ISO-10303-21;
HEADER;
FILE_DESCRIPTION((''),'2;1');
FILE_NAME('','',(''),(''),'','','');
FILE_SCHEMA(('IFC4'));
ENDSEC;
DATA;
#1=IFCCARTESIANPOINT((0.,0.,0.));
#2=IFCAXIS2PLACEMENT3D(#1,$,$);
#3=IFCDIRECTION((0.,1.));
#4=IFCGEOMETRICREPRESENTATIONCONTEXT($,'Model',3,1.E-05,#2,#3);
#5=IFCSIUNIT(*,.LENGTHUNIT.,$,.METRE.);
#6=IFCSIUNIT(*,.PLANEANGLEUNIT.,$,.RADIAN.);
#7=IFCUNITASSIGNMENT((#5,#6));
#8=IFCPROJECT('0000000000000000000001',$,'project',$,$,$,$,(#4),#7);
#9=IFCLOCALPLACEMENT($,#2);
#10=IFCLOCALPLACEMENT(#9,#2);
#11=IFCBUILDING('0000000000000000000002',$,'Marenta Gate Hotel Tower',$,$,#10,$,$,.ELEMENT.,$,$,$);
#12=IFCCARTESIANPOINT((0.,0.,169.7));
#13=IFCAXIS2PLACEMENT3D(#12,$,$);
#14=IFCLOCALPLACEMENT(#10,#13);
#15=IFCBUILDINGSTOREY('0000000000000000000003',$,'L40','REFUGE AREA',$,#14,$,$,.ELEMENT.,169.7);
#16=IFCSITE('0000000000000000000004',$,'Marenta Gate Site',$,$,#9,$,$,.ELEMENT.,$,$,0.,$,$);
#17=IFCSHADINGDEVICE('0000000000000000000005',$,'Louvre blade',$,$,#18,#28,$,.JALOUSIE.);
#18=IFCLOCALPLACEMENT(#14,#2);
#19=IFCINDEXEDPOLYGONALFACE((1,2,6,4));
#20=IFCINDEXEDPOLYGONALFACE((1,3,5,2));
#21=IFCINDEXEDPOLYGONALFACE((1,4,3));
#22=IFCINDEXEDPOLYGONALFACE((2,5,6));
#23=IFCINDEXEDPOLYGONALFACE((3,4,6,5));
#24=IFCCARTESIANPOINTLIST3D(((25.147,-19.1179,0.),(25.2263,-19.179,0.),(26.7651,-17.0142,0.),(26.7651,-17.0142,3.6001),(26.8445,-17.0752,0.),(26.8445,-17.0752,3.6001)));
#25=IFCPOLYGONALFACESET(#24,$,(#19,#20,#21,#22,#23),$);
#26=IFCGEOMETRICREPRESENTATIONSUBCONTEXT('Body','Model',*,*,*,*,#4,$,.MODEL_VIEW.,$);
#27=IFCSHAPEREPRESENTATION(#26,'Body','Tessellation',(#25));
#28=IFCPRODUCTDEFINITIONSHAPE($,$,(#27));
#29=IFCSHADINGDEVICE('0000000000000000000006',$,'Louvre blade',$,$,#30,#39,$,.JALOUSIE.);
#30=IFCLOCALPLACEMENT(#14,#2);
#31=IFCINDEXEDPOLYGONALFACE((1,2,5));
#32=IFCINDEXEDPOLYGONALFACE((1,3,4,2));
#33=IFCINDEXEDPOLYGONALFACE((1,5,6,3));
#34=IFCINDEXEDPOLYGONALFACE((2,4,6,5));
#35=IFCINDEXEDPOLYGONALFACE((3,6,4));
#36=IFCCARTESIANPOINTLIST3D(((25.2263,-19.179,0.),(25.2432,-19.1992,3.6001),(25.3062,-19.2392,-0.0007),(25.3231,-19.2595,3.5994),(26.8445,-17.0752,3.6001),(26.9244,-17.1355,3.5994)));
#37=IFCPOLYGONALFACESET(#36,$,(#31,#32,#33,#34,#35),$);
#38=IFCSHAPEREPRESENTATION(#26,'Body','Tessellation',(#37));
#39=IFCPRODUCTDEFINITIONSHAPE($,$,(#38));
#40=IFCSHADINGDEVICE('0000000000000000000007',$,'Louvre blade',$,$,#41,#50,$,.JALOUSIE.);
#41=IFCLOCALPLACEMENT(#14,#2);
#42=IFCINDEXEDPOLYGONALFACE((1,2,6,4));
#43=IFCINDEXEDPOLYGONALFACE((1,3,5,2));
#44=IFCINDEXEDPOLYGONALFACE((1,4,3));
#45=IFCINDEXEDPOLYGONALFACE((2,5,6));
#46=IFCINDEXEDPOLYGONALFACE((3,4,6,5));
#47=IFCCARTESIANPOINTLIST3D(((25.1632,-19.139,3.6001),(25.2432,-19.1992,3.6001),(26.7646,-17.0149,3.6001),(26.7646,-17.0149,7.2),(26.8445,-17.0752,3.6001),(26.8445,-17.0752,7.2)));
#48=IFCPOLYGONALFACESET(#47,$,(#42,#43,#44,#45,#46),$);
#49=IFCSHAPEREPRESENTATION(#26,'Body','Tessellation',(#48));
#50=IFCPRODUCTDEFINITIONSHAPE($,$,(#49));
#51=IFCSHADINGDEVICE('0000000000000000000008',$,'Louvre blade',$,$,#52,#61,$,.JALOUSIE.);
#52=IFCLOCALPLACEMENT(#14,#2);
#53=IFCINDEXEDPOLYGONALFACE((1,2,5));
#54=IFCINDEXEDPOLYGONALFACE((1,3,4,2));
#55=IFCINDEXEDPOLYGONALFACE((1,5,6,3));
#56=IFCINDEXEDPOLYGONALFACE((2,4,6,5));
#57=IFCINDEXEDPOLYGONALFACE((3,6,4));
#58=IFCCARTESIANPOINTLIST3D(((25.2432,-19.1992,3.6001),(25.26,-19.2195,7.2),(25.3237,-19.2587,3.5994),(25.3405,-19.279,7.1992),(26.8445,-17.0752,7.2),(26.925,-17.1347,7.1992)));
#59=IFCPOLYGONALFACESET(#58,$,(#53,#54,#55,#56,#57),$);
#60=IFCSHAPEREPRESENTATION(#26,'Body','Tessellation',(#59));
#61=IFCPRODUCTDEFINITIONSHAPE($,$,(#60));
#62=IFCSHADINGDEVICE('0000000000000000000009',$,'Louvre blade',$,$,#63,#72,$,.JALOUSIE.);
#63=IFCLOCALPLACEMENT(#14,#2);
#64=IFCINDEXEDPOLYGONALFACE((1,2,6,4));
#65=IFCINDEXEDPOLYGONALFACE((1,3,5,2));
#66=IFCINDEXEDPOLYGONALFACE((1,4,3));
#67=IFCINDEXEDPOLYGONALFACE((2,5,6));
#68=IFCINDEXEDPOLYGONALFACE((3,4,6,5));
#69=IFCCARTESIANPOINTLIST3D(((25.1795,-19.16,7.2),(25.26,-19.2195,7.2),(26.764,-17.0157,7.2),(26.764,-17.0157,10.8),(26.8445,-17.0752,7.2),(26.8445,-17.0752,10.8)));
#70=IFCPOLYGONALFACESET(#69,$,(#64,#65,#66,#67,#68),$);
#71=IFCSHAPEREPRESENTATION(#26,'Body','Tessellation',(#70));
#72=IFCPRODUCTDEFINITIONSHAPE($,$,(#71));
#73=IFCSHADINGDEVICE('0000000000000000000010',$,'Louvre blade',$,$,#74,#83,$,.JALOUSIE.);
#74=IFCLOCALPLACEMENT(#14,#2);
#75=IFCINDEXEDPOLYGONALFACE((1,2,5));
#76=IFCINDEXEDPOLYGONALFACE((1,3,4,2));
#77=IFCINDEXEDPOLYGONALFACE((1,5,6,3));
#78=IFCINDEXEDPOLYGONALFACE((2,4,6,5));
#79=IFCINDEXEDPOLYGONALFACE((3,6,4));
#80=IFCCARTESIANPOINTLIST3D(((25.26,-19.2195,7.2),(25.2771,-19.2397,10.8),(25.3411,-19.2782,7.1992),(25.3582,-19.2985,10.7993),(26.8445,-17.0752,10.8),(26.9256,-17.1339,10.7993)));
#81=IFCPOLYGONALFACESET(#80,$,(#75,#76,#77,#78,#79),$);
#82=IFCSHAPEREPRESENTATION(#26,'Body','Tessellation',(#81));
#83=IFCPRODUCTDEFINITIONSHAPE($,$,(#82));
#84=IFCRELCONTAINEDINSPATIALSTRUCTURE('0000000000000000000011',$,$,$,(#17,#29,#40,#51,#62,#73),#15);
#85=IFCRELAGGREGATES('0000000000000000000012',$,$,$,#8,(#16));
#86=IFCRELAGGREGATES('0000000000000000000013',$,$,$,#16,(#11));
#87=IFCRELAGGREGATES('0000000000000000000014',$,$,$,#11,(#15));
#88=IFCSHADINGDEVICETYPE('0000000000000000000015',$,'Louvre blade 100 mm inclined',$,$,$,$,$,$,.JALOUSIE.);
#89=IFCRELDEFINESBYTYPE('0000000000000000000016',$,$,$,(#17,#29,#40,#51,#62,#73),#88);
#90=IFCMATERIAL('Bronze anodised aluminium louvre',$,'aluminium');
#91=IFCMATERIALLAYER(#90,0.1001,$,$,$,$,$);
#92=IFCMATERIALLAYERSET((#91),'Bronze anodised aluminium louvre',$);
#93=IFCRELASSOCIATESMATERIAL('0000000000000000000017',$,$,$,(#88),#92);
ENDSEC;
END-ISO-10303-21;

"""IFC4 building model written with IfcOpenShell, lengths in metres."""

from ifc_helpers import new_model, si_unit, direction, frame, origin, place, context, subcontext, project, spatial, polyline, outline, extrude, material, layer, layer_set, type_object, element, save


model = new_model("IFC4")

# Units and contexts
model_context = context("Model", 3, precision=1e-05, world=origin(), true_north=direction((0.0, 1.0)))
body_context = subcontext(model_context, "Body", "Model", "MODEL_VIEW")
ifc_project = project(units=[si_unit("LENGTHUNIT", "METRE"), si_unit("PLANEANGLEUNIT", "RADIAN")], contexts=[model_context])

# Site, building, storey
site_placement = place(None, origin())
site = spatial("IfcSite", under=ifc_project, at=site_placement, Name="Marenta Gate Site", CompositionType="ELEMENT", RefElevation=0.0)
building_placement = place(site_placement, origin())
building = spatial("IfcBuilding", under=site, at=building_placement, Name="Marenta Gate Hotel Tower", CompositionType="ELEMENT")
storey_placement = place(building_placement, frame((0.0, 0.0, 169.7)))
storey = spatial("IfcBuildingStorey", under=building, at=storey_placement, Name="L40", Description="REFUGE AREA", CompositionType="ELEMENT", Elevation=169.7)

# Shading devices
ifc_material_1 = material(Name="Bronze anodised aluminium louvre", Category="aluminium")
ifc_layer_1 = layer(ifc_material_1, 0.1001)
ifc_layer_set_1 = layer_set([ifc_layer_1], Name="Bronze anodised aluminium louvre")
shading_device_type = type_object("IfcShadingDeviceType", Name="Louvre blade 100 mm inclined", PredefinedType="JALOUSIE", material=ifc_layer_set_1)
shading_device_1_placement = place(storey_placement, frame((25.2263, -19.179, 0.0), z_axis=(0.792645, -0.609684, 0.0), x_axis=(0.609684, 0.792645, 0.0)))
element("IfcShadingDevice", 1, at=shading_device_1_placement, inside=storey, type_object=shading_device_type, Name="Louvre blade", PredefinedType="JALOUSIE", context=body_context, shape_type="SweptSolid", body=[
    extrude(outline(polyline([(0.0, 0.0), (2.6541, 0.0), (2.6541, 3.6001), (0.0, 0.0)])), origin(), (0.0, 0.0, -1.0), 0.1001),
])
shading_device_2_placement = place(storey_placement, frame((25.2263, -19.179, 0.0), z_axis=(-0.798479, 0.60198, 0.007125), x_axis=(0.361788, 0.470357, 0.804906)))
element("IfcShadingDevice", 2, at=shading_device_2_placement, inside=storey, type_object=shading_device_type, Name="Louvre blade", PredefinedType="JALOUSIE", context=body_context, shape_type="SweptSolid", body=[
    extrude(outline(polyline([(0.0, 0.0), (4.4727, 0.0), (2.8943, -2.1411), (0.0, 0.0)])), origin(), (0.0, 0.0, -1.0), 0.1001),
])
shading_device_3_placement = place(storey_placement, frame((25.2432, -19.1992, 3.6001), z_axis=(0.7985, -0.601995, 0.0), x_axis=(0.601995, 0.7985, 0.0)))
element("IfcShadingDevice", 3, at=shading_device_3_placement, inside=storey, type_object=shading_device_type, Name="Louvre blade", PredefinedType="JALOUSIE", context=body_context, shape_type="SweptSolid", body=[
    extrude(outline(polyline([(0.0, 0.0), (2.66, 0.0), (2.66, 3.5999), (0.0, 0.0)])), origin(), (0.0, 0.0, -1.0), 0.1001),
])
shading_device_4_placement = place(storey_placement, frame((25.2432, -19.1992, 3.6001), z_axis=(-0.804234, 0.59427, 0.007109), x_axis=(0.357756, 0.474535, 0.804256)))
element("IfcShadingDevice", 4, at=shading_device_4_placement, inside=storey, type_object=shading_device_type, Name="Louvre blade", PredefinedType="JALOUSIE", context=body_context, shape_type="SweptSolid", body=[
    extrude(outline(polyline([(0.0, 0.0), (4.476, 0.0), (2.8916, -2.1443), (0.0, 0.0)])), origin(), (0.0, 0.0, -1.0), 0.1001),
])
shading_device_5_placement = place(storey_placement, frame((25.26, -19.2195, 7.2), z_axis=(0.804254, -0.594285, 0.0), x_axis=(0.594285, 0.804254, 0.0)))
element("IfcShadingDevice", 5, at=shading_device_5_placement, inside=storey, type_object=shading_device_type, Name="Louvre blade", PredefinedType="JALOUSIE", context=body_context, shape_type="SweptSolid", body=[
    extrude(outline(polyline([(0.0, 0.0), (2.6662, 0.0), (2.6662, 3.6001), (0.0, 0.0)])), origin(), (0.0, 0.0, -1.0), 0.1001),
])
shading_device_6_placement = place(storey_placement, frame((25.26, -19.2195, 7.2), z_axis=(-0.80993, 0.586482, 0.007146), x_axis=(0.353687, 0.47865, 0.803617)))
element("IfcShadingDevice", 6, at=shading_device_6_placement, inside=storey, type_object=shading_device_type, Name="Louvre blade", PredefinedType="JALOUSIE", context=body_context, shape_type="SweptSolid", body=[
    extrude(outline(polyline([(0.0, 0.0), (4.4799, 0.0), (2.8894, -2.1477), (0.0, 0.0)])), origin(), (0.0, 0.0, -1.0), 0.1001),
])

save(model, "model.ifc")
